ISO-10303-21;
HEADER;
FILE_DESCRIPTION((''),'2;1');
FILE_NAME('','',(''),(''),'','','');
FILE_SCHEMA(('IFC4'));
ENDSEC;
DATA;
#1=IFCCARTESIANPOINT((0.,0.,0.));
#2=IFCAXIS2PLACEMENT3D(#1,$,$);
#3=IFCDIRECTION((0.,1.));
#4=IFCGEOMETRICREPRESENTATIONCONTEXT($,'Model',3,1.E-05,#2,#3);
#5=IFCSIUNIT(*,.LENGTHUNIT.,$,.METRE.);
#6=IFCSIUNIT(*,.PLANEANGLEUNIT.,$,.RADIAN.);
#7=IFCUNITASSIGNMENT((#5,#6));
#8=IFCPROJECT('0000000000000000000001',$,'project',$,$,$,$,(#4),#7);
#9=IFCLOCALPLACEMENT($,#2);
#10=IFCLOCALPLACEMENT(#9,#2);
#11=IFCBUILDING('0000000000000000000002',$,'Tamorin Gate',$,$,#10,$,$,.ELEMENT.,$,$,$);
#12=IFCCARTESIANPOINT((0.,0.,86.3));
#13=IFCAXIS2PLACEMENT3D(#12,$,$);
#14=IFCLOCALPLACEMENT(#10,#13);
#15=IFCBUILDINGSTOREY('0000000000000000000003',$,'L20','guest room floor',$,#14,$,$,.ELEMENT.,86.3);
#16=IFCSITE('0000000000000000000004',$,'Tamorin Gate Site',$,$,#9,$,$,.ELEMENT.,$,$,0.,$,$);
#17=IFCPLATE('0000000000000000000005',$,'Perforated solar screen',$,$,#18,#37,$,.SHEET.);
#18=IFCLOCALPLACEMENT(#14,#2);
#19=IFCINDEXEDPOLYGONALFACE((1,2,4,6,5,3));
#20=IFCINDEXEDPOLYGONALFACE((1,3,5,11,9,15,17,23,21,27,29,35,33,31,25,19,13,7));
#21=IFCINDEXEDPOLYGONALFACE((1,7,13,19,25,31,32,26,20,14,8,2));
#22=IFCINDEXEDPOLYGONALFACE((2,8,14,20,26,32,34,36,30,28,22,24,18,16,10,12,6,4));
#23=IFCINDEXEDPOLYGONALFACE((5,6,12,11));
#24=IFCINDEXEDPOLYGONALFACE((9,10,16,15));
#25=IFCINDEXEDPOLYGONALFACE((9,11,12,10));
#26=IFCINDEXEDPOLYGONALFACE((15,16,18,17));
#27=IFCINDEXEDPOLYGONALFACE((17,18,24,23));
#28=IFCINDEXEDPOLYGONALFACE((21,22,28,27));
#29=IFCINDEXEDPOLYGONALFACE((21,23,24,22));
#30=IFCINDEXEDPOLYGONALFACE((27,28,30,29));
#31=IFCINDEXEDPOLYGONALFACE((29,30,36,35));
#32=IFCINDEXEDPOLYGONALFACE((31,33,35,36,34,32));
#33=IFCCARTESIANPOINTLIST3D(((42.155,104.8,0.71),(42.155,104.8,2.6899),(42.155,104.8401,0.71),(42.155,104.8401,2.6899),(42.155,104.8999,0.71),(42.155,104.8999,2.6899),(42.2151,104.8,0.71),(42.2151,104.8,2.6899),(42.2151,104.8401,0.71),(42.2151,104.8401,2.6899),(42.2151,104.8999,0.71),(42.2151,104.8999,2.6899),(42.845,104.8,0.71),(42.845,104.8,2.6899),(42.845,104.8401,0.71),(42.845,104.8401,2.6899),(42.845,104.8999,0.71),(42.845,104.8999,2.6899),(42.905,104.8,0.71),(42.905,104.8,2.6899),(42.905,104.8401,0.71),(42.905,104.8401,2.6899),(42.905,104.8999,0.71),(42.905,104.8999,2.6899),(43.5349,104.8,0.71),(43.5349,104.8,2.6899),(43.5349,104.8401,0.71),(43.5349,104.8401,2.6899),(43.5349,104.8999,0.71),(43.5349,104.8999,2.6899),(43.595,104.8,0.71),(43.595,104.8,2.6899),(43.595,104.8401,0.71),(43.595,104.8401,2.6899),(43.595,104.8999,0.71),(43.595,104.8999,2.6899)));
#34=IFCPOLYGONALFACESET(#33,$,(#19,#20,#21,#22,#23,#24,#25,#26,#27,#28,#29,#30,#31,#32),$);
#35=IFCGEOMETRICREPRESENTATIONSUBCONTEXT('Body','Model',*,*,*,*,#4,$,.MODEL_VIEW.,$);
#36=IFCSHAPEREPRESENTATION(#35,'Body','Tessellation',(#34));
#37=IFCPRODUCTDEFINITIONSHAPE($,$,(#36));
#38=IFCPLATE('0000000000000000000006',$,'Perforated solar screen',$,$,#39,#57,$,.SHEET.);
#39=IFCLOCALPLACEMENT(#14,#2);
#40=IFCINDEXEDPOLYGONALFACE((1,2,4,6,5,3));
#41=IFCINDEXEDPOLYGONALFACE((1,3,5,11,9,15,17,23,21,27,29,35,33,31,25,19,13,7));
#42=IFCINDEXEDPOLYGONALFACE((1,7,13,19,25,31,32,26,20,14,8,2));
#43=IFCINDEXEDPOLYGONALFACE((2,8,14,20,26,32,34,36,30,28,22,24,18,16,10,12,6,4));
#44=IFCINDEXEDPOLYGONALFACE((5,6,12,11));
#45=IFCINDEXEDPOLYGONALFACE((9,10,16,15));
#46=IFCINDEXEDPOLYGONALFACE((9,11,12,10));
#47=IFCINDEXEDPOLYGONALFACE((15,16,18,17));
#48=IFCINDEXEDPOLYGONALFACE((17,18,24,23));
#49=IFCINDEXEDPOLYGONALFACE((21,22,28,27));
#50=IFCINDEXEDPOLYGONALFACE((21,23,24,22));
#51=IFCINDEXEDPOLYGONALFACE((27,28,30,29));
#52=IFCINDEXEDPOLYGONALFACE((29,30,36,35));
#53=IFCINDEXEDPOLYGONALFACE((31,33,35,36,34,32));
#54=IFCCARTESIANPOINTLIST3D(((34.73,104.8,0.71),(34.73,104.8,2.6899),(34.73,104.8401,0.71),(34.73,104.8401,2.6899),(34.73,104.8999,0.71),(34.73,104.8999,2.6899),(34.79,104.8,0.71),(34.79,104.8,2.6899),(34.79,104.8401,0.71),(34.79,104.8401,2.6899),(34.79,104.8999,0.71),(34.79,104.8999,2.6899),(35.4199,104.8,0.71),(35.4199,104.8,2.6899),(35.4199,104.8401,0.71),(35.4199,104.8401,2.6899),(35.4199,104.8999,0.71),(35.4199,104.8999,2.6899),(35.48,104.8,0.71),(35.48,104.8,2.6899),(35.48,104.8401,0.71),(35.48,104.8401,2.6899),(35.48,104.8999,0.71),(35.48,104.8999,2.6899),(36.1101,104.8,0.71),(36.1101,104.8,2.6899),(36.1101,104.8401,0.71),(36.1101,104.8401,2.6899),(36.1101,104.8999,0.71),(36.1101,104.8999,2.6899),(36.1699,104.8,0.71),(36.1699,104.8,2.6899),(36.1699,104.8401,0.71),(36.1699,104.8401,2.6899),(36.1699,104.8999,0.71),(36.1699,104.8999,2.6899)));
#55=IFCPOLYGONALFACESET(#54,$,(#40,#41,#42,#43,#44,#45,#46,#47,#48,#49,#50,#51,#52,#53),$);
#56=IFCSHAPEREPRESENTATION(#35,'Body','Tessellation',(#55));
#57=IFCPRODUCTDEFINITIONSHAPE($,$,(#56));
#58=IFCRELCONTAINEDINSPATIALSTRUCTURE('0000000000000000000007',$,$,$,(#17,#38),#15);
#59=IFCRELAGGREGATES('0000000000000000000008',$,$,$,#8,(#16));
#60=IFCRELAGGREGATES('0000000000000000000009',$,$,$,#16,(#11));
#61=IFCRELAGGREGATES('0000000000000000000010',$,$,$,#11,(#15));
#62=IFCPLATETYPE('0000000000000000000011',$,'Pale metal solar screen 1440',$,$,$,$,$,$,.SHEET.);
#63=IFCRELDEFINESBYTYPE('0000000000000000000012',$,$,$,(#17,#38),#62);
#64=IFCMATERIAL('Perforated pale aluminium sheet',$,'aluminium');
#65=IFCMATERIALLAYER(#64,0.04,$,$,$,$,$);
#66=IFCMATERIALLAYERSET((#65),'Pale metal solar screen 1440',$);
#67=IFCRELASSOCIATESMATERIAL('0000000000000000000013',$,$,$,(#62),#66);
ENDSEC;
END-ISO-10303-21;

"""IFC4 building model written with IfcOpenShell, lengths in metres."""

from ifc_helpers import new_model, si_unit, direction, frame, origin, place, context, subcontext, project, spatial, polyline, outline, extrude, material, layer, layer_set, type_object, element, save


model = new_model("IFC4")

# Units and contexts
model_context = context("Model", 3, precision=1e-05, world=origin(), true_north=direction((0.0, 1.0)))
body_context = subcontext(model_context, "Body", "Model", "MODEL_VIEW")
ifc_project = project(units=[si_unit("LENGTHUNIT", "METRE"), si_unit("PLANEANGLEUNIT", "RADIAN")], contexts=[model_context])

# Site, building, storey
site_placement = place(None, origin())
site = spatial("IfcSite", under=ifc_project, at=site_placement, Name="Tamorin Gate Site", CompositionType="ELEMENT", RefElevation=0.0)
building_placement = place(site_placement, origin())
building = spatial("IfcBuilding", under=site, at=building_placement, Name="Tamorin Gate", CompositionType="ELEMENT")
storey_placement = place(building_placement, frame((0.0, 0.0, 86.3)))
storey = spatial("IfcBuildingStorey", under=building, at=storey_placement, Name="L20", Description="guest room floor", CompositionType="ELEMENT", Elevation=86.3)

# Plates
ifc_material = material(Name="Perforated pale aluminium sheet", Category="aluminium")
ifc_layer = layer(ifc_material, 0.04)
ifc_layer_set = layer_set([ifc_layer], Name="Pale metal solar screen 1440")
plate_type = type_object("IfcPlateType", Name="Pale metal solar screen 1440", PredefinedType="SHEET", material=ifc_layer_set)
plate_1_placement = place(storey_placement, frame((0.0, 0.0, 0.71)))
element("IfcPlate", 1, at=plate_1_placement, inside=storey, type_object=plate_type, Name="Perforated solar screen", PredefinedType="SHEET", context=body_context, shape_type="SweptSolid", body=[
    extrude(outline(polyline([(43.595, 104.8401), (43.595, 104.8), (43.5349, 104.8), (42.905, 104.8), (42.845, 104.8), (42.2151, 104.8), (42.155, 104.8), (42.155, 104.8401), (42.155, 104.8999), (42.2151, 104.8999), (42.2151, 104.8401), (42.845, 104.8401), (42.845, 104.8999), (42.905, 104.8999), (42.905, 104.8401), (43.5349, 104.8401), (43.5349, 104.8999), (43.595, 104.8999), (43.595, 104.8401)])), origin(), (0.0, 0.0, 1.0), 1.98),
])
plate_2_placement = place(storey_placement, frame((0.0, 0.0, 0.71)))
element("IfcPlate", 2, at=plate_2_placement, inside=storey, type_object=plate_type, Name="Perforated solar screen", PredefinedType="SHEET", context=body_context, shape_type="SweptSolid", body=[
    extrude(outline(polyline([(36.1699, 104.8401), (36.1699, 104.8), (36.1101, 104.8), (35.48, 104.8), (35.4199, 104.8), (34.79, 104.8), (34.73, 104.8), (34.73, 104.8401), (34.73, 104.8999), (34.79, 104.8999), (34.79, 104.8401), (35.4199, 104.8401), (35.4199, 104.8999), (35.48, 104.8999), (35.48, 104.8401), (36.1101, 104.8401), (36.1101, 104.8999), (36.1699, 104.8999), (36.1699, 104.8401)])), origin(), (0.0, 0.0, 1.0), 1.98),
])

save(model, "model.ifc")
